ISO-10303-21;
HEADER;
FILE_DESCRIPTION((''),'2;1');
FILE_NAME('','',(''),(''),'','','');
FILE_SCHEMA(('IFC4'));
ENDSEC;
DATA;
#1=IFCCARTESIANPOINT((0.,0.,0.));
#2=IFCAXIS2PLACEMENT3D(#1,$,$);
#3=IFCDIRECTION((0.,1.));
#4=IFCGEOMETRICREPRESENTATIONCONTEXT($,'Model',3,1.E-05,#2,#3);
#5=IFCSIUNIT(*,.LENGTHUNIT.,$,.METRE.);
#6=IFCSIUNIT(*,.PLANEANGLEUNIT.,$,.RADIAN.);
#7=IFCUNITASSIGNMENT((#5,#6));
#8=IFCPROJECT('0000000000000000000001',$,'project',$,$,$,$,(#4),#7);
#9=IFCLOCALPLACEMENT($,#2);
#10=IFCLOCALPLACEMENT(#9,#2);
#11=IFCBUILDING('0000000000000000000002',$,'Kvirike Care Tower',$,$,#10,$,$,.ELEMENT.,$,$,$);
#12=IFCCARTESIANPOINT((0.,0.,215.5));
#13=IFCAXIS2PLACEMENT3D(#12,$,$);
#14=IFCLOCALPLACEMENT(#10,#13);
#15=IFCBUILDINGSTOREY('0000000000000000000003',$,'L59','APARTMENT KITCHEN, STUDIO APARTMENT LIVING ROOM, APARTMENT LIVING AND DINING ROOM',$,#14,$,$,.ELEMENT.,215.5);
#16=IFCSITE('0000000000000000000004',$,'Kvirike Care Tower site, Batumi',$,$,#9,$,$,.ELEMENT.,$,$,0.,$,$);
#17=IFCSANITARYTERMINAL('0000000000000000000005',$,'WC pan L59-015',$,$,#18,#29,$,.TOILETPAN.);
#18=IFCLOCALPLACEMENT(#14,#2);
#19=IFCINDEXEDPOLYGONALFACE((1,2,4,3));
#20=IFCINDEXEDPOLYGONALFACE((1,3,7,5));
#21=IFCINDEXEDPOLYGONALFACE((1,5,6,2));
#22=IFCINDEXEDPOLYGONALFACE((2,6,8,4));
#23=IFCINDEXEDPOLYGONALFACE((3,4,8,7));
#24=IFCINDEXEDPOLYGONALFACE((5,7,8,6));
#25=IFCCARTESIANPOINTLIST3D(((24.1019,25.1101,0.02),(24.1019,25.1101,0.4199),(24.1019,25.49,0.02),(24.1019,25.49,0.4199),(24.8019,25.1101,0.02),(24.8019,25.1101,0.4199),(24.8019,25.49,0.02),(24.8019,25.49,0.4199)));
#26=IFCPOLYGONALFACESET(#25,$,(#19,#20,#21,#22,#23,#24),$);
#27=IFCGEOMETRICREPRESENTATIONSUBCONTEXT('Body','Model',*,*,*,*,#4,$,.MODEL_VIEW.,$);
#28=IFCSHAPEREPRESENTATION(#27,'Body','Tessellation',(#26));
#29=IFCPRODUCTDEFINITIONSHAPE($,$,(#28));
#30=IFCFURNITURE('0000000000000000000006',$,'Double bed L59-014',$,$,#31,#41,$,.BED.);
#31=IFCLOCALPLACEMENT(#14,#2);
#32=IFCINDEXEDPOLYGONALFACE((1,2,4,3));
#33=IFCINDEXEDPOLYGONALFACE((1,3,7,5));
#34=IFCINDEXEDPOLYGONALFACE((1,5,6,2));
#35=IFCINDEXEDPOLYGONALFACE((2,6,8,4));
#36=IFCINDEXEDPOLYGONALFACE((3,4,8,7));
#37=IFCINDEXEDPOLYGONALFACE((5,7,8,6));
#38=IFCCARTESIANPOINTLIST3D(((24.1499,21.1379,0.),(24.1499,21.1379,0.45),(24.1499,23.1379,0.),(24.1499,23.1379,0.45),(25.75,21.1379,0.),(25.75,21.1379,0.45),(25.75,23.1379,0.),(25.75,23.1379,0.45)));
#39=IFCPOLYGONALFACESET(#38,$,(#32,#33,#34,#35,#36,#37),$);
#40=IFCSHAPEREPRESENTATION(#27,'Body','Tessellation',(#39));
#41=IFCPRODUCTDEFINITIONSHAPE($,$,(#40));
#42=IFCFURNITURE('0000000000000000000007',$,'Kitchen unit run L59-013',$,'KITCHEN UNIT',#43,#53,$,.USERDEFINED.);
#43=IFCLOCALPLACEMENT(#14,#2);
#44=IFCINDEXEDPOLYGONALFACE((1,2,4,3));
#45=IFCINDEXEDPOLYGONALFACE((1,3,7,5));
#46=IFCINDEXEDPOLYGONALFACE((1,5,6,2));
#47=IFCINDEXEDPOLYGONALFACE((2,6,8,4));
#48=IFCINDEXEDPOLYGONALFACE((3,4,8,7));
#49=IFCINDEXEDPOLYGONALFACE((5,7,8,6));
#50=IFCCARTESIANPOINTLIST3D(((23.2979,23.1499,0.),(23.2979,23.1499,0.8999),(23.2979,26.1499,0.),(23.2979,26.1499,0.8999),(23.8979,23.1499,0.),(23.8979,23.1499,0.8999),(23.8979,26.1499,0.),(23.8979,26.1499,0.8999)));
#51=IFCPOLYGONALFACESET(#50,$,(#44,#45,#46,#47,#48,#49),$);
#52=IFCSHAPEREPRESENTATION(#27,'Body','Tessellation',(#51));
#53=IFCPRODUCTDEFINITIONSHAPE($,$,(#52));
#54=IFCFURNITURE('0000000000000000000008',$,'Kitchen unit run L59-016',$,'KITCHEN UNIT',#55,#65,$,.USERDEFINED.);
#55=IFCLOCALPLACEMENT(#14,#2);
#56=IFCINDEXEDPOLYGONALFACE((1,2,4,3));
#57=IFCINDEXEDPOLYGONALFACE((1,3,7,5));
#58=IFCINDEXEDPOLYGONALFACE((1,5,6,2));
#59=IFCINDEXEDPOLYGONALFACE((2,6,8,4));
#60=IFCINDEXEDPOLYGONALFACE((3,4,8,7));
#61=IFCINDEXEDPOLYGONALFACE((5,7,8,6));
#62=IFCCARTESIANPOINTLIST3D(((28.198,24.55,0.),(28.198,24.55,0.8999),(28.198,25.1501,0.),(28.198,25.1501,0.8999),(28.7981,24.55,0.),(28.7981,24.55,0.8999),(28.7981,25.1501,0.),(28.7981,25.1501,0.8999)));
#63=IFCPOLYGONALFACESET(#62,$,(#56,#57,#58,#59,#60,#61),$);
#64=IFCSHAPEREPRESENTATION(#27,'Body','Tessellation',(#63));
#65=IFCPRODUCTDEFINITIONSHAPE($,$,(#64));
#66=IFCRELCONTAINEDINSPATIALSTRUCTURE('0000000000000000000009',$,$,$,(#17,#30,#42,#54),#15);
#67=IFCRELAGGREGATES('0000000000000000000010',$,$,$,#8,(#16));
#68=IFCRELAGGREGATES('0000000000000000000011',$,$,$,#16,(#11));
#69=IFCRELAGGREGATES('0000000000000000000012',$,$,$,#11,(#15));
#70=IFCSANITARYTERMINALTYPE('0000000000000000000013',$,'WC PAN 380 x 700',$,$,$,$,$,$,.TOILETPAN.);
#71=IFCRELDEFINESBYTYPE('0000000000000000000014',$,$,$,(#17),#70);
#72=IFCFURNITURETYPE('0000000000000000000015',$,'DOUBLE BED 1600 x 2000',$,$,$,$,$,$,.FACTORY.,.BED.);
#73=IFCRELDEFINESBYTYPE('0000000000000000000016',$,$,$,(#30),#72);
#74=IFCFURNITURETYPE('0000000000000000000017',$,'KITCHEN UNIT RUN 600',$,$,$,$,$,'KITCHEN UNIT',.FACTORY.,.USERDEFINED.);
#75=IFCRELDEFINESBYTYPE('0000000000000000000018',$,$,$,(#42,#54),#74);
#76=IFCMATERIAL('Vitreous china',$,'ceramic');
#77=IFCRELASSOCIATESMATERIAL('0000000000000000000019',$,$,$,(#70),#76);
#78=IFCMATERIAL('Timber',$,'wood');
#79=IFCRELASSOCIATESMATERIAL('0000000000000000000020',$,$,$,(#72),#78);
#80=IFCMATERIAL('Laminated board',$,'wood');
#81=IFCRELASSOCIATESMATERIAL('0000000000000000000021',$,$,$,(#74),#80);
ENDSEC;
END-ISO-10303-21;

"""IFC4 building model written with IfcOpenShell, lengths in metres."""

from ifc_helpers import new_model, si_unit, direction, frame, origin, origin_2d, place, context, subcontext, project, spatial, rectangle, extrude, material, type_object, element, save


model = new_model("IFC4")

# Units and contexts
model_context = context("Model", 3, precision=1e-05, world=origin(), true_north=direction((0.0, 1.0)))
body_context = subcontext(model_context, "Body", "Model", "MODEL_VIEW")
ifc_project = project(units=[si_unit("LENGTHUNIT", "METRE"), si_unit("PLANEANGLEUNIT", "RADIAN")], contexts=[model_context])

# Site, building, storey
site_placement = place(None, origin())
site = spatial("IfcSite", under=ifc_project, at=site_placement, Name="Kvirike Care Tower site, Batumi", CompositionType="ELEMENT", RefElevation=0.0)
building_placement = place(site_placement, origin())
building = spatial("IfcBuilding", under=site, at=building_placement, Name="Kvirike Care Tower", CompositionType="ELEMENT")
storey_placement = place(building_placement, frame((0.0, 0.0, 215.5)))
storey = spatial("IfcBuildingStorey", under=building, at=storey_placement, Name="L59", Description="APARTMENT KITCHEN, STUDIO APARTMENT LIVING ROOM, APARTMENT LIVING AND DINING ROOM", CompositionType="ELEMENT", Elevation=215.5)

# Sanitary terminal
ifc_material_1 = material(Name="Vitreous china", Category="ceramic")
sanitary_terminal_type_1 = type_object("IfcSanitaryTerminalType", Name="WC PAN 380 x 700", PredefinedType="TOILETPAN", material=ifc_material_1)
for number, where, z_axis, x_axis, name in (
    (1, (24.4519, 25.3, 0.02), (0.0, 0.0, 1.0), (0.0, 1.0, 0.0), "WC pan L59-015"),
):
    element("IfcSanitaryTerminal", number, at=place(storey_placement, frame(where, z_axis=z_axis, x_axis=x_axis)), inside=storey, type_object=sanitary_terminal_type_1, Name=name, PredefinedType="TOILETPAN", context=body_context, shape_type="SweptSolid", body=[
        extrude(rectangle(XDim=0.3799, YDim=0.7, at=origin_2d()), origin(), (0.0, 0.0, 1.0), 0.3999),
    ])

# Furniture
ifc_material_2 = material(Name="Timber", Category="wood")
furniture_type_1 = type_object("IfcFurnitureType", Name="DOUBLE BED 1600 x 2000", AssemblyPlace="FACTORY", PredefinedType="BED", material=ifc_material_2)
furniture_1_placement = place(storey_placement, frame((24.95, 22.1379, 0.0), z_axis=(0.0, 0.0, 1.0), x_axis=(1.0, 0.0, 0.0)))
element("IfcFurniture", 2, at=furniture_1_placement, inside=storey, type_object=furniture_type_1, Name="Double bed L59-014", PredefinedType="BED", context=body_context, shape_type="SweptSolid", body=[
    extrude(rectangle(XDim=1.6001, YDim=2.0, at=origin_2d()), origin(), (0.0, 0.0, 1.0), 0.45),
])
ifc_material_3 = material(Name="Laminated board", Category="wood")
furniture_type_2 = type_object("IfcFurnitureType", Name="KITCHEN UNIT RUN 600", ElementType="KITCHEN UNIT", AssemblyPlace="FACTORY", PredefinedType="USERDEFINED", material=ifc_material_3)
furniture_2_placement = place(storey_placement, frame((23.5979, 24.6499, 0.0), z_axis=(0.0, 0.0, 1.0), x_axis=(0.0, -1.0, 0.0)))
element("IfcFurniture", 3, at=furniture_2_placement, inside=storey, type_object=furniture_type_2, Name="Kitchen unit run L59-013", ObjectType="KITCHEN UNIT", PredefinedType="USERDEFINED", context=body_context, shape_type="SweptSolid", body=[
    extrude(rectangle(XDim=3.0, YDim=0.6001, at=origin_2d()), origin(), (0.0, 0.0, 1.0), 0.8999),
])
furniture_3_placement = place(storey_placement, frame((28.498, 24.8501, 0.0), z_axis=(0.0, 0.0, 1.0), x_axis=(0.0, -1.0, 0.0)))
element("IfcFurniture", 4, at=furniture_3_placement, inside=storey, type_object=furniture_type_2, Name="Kitchen unit run L59-016", ObjectType="KITCHEN UNIT", PredefinedType="USERDEFINED", context=body_context, shape_type="SweptSolid", body=[
    extrude(rectangle(XDim=0.6001, YDim=0.6001, at=origin_2d()), origin(), (0.0, 0.0, 1.0), 0.8999),
])

save(model, "model.ifc")
